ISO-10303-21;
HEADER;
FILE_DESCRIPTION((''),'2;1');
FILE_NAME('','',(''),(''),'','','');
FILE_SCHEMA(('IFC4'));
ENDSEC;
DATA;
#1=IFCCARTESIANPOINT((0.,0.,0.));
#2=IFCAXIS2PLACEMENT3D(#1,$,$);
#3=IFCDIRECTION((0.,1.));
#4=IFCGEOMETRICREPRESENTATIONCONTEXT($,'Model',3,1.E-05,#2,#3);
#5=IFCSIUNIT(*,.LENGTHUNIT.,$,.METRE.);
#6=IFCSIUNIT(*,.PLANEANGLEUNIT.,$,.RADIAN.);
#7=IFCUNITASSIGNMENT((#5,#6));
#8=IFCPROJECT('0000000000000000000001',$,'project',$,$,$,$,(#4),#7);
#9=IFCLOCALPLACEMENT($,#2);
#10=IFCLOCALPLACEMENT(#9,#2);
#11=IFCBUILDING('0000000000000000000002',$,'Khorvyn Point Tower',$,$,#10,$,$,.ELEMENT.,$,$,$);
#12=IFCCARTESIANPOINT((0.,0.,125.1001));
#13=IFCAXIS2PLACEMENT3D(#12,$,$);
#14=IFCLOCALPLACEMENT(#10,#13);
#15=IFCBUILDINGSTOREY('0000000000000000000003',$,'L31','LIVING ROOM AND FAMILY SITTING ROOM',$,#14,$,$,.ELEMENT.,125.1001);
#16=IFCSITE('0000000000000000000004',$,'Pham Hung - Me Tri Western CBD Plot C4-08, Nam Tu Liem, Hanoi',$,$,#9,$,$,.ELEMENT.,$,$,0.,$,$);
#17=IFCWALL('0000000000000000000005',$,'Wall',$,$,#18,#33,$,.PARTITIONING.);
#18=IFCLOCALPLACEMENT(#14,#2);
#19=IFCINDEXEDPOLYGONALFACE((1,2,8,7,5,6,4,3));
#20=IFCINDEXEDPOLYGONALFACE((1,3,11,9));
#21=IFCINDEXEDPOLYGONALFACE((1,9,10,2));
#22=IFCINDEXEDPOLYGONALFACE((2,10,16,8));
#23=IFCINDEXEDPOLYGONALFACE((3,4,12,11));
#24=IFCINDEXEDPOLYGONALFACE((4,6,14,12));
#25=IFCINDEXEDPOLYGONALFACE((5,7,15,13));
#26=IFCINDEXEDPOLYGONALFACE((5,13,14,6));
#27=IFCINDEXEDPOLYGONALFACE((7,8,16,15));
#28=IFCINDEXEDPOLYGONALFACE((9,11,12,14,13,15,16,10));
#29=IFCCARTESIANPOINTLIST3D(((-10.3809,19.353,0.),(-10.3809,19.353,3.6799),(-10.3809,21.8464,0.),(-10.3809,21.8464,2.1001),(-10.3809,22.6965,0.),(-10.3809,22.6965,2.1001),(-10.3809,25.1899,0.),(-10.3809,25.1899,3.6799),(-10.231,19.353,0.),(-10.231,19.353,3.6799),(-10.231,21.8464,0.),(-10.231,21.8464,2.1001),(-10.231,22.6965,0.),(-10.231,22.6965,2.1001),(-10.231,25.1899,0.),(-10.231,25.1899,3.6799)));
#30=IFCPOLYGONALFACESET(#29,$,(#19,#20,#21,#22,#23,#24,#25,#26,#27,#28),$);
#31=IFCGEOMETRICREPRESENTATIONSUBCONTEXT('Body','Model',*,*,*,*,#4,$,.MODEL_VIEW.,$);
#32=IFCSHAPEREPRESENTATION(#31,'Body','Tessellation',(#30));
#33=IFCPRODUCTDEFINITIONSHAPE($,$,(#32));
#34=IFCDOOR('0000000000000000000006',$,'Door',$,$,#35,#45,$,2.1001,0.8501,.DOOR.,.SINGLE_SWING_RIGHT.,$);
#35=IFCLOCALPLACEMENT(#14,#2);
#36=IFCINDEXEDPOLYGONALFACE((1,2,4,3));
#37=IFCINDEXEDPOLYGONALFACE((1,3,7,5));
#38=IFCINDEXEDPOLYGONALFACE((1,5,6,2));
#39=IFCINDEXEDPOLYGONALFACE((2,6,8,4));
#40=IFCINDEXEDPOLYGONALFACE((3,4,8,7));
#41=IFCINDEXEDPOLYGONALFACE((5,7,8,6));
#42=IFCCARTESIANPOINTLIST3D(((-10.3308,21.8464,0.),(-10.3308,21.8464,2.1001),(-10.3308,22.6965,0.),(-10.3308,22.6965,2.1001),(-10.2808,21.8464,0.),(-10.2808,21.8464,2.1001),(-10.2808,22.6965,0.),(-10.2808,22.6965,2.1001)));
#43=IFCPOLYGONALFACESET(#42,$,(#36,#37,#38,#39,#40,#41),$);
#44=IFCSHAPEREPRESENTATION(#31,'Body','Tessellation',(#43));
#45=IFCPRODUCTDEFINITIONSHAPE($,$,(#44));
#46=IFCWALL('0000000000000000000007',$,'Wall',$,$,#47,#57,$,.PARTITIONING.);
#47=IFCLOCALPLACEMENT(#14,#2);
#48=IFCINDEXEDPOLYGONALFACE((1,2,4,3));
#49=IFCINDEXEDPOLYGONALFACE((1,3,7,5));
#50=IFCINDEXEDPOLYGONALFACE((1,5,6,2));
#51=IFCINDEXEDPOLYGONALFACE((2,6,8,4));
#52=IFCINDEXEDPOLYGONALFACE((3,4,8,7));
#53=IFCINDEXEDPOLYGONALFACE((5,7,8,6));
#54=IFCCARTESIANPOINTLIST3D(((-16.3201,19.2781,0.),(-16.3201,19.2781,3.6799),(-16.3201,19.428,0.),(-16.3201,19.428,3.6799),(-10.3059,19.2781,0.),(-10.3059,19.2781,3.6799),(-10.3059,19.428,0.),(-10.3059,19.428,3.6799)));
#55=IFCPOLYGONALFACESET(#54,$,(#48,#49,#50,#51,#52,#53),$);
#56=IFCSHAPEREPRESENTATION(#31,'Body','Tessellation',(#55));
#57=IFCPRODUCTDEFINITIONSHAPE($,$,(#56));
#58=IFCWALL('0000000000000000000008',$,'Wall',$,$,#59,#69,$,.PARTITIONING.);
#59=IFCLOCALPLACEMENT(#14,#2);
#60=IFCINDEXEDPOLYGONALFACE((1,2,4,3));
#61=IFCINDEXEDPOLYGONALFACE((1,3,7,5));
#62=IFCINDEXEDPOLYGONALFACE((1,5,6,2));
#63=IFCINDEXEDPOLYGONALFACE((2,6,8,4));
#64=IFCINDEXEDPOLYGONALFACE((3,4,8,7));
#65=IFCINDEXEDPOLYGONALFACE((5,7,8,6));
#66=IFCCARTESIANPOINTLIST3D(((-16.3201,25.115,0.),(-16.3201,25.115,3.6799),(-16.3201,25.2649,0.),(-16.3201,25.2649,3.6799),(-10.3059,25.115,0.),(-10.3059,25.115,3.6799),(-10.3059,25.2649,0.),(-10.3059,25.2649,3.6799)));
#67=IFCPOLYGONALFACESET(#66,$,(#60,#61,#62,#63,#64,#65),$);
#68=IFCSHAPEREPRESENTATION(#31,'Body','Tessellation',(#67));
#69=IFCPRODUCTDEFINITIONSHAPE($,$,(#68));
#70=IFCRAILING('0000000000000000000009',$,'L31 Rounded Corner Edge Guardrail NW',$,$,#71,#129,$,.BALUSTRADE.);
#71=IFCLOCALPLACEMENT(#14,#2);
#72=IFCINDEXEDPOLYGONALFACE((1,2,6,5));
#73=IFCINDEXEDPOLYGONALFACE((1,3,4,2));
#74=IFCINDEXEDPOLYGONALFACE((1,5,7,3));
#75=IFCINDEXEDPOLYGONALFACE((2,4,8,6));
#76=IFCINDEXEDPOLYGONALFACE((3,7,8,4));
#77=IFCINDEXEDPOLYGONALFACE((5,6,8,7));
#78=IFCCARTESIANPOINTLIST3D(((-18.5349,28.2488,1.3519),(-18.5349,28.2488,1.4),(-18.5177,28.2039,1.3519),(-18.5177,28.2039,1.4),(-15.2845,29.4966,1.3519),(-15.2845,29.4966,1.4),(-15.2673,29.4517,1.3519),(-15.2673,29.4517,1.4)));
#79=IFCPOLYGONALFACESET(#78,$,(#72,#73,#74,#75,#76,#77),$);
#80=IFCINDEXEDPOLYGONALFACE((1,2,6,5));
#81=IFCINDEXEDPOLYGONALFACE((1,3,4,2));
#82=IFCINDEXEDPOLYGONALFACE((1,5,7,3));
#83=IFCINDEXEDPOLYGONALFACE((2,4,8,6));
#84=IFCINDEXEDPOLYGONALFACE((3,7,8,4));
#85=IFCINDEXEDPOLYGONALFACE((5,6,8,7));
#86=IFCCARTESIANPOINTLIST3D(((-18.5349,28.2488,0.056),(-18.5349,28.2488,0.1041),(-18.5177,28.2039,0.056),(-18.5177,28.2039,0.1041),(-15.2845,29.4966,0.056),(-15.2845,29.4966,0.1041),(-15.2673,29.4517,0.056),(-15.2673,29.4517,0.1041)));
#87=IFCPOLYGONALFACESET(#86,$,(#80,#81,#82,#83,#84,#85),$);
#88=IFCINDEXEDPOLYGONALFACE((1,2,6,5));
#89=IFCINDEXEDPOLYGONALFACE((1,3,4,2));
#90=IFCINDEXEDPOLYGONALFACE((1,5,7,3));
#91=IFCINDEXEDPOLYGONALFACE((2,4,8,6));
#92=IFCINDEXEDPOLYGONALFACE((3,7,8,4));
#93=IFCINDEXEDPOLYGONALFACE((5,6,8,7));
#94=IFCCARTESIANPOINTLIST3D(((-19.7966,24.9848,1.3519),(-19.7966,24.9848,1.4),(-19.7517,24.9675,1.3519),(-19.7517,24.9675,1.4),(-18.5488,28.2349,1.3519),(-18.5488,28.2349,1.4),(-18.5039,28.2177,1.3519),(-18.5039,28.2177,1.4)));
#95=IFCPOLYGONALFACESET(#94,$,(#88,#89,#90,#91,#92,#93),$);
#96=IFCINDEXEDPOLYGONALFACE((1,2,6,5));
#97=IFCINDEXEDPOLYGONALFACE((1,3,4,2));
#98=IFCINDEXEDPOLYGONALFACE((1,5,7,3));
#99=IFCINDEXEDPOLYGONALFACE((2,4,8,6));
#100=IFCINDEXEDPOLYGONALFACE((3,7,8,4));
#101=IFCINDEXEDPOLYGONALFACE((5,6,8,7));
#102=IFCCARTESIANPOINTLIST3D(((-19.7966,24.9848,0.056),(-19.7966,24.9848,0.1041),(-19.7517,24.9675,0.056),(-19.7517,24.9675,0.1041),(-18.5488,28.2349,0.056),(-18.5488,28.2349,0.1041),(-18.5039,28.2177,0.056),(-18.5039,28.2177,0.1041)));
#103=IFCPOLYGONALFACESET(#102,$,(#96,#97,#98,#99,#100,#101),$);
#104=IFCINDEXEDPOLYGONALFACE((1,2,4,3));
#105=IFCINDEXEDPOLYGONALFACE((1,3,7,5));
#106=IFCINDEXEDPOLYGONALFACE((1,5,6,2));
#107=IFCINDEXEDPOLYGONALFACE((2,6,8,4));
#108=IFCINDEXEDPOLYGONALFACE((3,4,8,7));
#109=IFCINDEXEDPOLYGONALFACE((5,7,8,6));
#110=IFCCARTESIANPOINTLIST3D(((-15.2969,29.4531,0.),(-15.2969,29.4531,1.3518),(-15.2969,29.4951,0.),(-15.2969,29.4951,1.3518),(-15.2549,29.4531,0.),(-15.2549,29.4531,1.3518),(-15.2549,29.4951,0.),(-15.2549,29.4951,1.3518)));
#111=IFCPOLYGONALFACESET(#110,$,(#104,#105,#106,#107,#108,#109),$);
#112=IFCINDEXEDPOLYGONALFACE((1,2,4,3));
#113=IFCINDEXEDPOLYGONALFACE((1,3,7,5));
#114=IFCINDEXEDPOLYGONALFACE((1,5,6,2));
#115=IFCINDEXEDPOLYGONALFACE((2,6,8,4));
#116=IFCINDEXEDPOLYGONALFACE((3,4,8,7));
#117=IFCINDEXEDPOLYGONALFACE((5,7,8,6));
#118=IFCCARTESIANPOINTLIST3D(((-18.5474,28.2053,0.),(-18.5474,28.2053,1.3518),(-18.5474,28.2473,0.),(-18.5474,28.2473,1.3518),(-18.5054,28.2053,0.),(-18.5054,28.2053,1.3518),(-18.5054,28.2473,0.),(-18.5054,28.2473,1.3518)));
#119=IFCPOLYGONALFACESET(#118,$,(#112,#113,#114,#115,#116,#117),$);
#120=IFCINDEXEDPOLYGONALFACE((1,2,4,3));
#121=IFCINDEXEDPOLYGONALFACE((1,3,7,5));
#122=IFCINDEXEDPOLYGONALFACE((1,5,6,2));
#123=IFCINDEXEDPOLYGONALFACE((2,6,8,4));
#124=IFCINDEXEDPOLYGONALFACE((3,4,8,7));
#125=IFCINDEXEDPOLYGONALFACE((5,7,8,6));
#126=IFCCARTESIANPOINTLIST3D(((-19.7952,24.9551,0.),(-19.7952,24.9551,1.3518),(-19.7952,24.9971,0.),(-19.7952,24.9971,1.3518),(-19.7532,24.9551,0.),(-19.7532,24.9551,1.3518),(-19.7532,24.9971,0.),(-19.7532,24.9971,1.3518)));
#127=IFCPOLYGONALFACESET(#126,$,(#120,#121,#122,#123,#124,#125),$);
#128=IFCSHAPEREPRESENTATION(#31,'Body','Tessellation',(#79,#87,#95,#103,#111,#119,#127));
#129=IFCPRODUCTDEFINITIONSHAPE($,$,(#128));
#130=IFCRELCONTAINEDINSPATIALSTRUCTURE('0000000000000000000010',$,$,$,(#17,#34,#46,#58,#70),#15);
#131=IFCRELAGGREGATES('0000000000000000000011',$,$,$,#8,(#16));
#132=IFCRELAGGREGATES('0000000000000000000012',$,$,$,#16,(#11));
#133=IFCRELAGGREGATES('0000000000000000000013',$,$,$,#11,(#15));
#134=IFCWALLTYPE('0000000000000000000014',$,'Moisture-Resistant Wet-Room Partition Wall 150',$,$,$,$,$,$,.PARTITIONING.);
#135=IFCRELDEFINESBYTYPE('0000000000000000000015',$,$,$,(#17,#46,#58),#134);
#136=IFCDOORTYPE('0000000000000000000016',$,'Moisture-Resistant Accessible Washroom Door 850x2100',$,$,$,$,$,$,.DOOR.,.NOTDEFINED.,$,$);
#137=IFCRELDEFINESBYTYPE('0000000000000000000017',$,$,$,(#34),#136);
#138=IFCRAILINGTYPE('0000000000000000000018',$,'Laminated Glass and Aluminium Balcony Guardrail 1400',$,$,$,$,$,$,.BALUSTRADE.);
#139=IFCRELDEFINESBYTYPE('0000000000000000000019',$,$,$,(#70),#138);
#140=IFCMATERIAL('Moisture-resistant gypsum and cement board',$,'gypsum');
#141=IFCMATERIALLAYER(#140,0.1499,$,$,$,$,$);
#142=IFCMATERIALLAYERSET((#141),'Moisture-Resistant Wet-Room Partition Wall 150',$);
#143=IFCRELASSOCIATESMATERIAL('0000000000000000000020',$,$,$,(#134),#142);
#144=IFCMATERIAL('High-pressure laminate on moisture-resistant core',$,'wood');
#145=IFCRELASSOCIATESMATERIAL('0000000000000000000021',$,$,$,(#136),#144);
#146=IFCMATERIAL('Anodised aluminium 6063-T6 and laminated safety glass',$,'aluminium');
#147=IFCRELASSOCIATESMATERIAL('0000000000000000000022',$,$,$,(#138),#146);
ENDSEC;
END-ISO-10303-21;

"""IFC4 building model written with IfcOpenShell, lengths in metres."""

from ifc_helpers import new_model, si_unit, direction, frame, frame_2d, origin, origin_2d, place, context, subcontext, project, spatial, rectangle, extrude, material, layer, layer_set, type_object, element, fill, save


model = new_model("IFC4")

# Units and contexts
model_context = context("Model", 3, precision=1e-05, world=origin(), true_north=direction((0.0, 1.0)))
body_context = subcontext(model_context, "Body", "Model", "MODEL_VIEW")
ifc_project = project(units=[si_unit("LENGTHUNIT", "METRE"), si_unit("PLANEANGLEUNIT", "RADIAN")], contexts=[model_context])

# Site, building, storey
site_placement = place(None, origin())
site = spatial("IfcSite", under=ifc_project, at=site_placement, Name="Pham Hung - Me Tri Western CBD Plot C4-08, Nam Tu Liem, Hanoi", CompositionType="ELEMENT", RefElevation=0.0)
building_placement = place(site_placement, origin())
building = spatial("IfcBuilding", under=site, at=building_placement, Name="Khorvyn Point Tower", CompositionType="ELEMENT")
storey_placement = place(building_placement, frame((0.0, 0.0, 125.1001)))
storey = spatial("IfcBuildingStorey", under=building, at=storey_placement, Name="L31", Description="LIVING ROOM AND FAMILY SITTING ROOM", CompositionType="ELEMENT", Elevation=125.1001)

# Wall, opening, door
ifc_material_1 = material(Name="Moisture-resistant gypsum and cement board", Category="gypsum")
ifc_layer_1 = layer(ifc_material_1, 0.1499)
ifc_layer_set_1 = layer_set([ifc_layer_1], Name="Moisture-Resistant Wet-Room Partition Wall 150")
wall_type_1 = type_object("IfcWallType", Name="Moisture-Resistant Wet-Room Partition Wall 150", PredefinedType="PARTITIONING", material=ifc_layer_set_1)
wall_1_placement = place(storey_placement, frame((-10.3059, 19.353, 0.0), z_axis=(0.0, 0.0, 1.0), x_axis=(0.0, 1.0, 0.0)))
wall_1 = element("IfcWall", 1, at=wall_1_placement, inside=storey, type_object=wall_type_1, Name="Wall", PredefinedType="PARTITIONING", context=body_context, shape_type="SweptSolid", body=[
    extrude(rectangle(XDim=5.8369, YDim=0.1499, at=frame_2d((2.9185, 0.0))), origin(), (0.0, 0.0, 1.0), 3.6799),
])
opening_1_placement = place(wall_1_placement, frame((2.4934, 0.0, 0.0)))
opening_1 = element("IfcOpeningElement", 2, at=opening_1_placement, cuts=wall_1, PredefinedType="OPENING", context=body_context, shape_type="SweptSolid", body=[
    extrude(rectangle(XDim=0.8501, YDim=2.1001, at=frame_2d((0.425, 1.05))), frame((0.0, 0.085, 0.0), z_axis=(0.0, -1.0, 0.0), x_axis=(1.0, 0.0, 0.0)), (0.0, 0.0, 1.0), 0.1699),
])
ifc_material_2 = material(Name="High-pressure laminate on moisture-resistant core", Category="wood")
door_type = type_object("IfcDoorType", Name="Moisture-Resistant Accessible Washroom Door 850x2100", OperationType="NOTDEFINED", PredefinedType="DOOR", material=ifc_material_2)
door_placement = place(opening_1_placement, origin())
door = element("IfcDoor", 3, at=door_placement, inside=storey, type_object=door_type, Name="Door", OperationType="SINGLE_SWING_RIGHT", OverallHeight=2.1001, OverallWidth=0.8501, PredefinedType="DOOR", context=body_context, shape_type="SweptSolid", body=[
    extrude(rectangle(XDim=0.8501, YDim=2.1001, at=frame_2d((0.425, 1.05))), frame((0.0, 0.0249, 0.0), z_axis=(0.0, -1.0, 0.0), x_axis=(1.0, 0.0, 0.0)), (0.0, 0.0, 1.0), 0.05),
])
fill(opening_1, door)

# Walls
for number, where, z_axis, x_axis, name in (
    (4, (-16.3201, 19.353, 0.0), (0.0, 0.0, 1.0), (1.0, 0.0, 0.0), "Wall"),
    (5, (-16.3201, 25.1899, 0.0), (0.0, 0.0, 1.0), (1.0, 0.0, 0.0), "Wall"),
):
    element("IfcWall", number, at=place(storey_placement, frame(where, z_axis=z_axis, x_axis=x_axis)), inside=storey, type_object=wall_type_1, Name=name, PredefinedType="PARTITIONING", context=body_context, shape_type="SweptSolid", body=[
        extrude(rectangle(XDim=6.0142, YDim=0.1499, at=frame_2d((3.0071, 0.0))), origin(), (0.0, 0.0, 1.0), 3.6799),
    ])

# Railing
ifc_material_3 = material(Name="Anodised aluminium 6063-T6 and laminated safety glass", Category="aluminium")
railing_type = type_object("IfcRailingType", Name="Laminated Glass and Aluminium Balcony Guardrail 1400", PredefinedType="BALUSTRADE", material=ifc_material_3)
railing_placement = place(storey_placement, frame((-15.2759, 29.4741, 0.0)))
element("IfcRailing", 6, at=railing_placement, inside=storey, type_object=railing_type, Name="L31 Rounded Corner Edge Guardrail NW", PredefinedType="BALUSTRADE", context=body_context, shape_type="SweptSolid", body=[
    extrude(rectangle(XDim=0.0481, YDim=0.0481, at=origin_2d()), frame((0.0, 0.0, 1.376), z_axis=(-0.933575, -0.358382, 0.0), x_axis=(0.358382, -0.933575, 0.0)), (0.0, 0.0, 1.0), 3.4817),
    extrude(rectangle(XDim=0.0481, YDim=0.0481, at=origin_2d()), frame((0.0, 0.0, 0.0801), z_axis=(-0.933575, -0.358382, 0.0), x_axis=(0.358382, -0.933575, 0.0)), (0.0, 0.0, 1.0), 3.4817),
    extrude(rectangle(XDim=0.0481, YDim=0.0481, at=origin_2d()), frame((-3.2505, -1.2478, 1.376), z_axis=(-0.358406, -0.933566, 0.0), x_axis=(0.933566, -0.358406, 0.0)), (0.0, 0.0, 1.0), 3.4814),
    extrude(rectangle(XDim=0.0481, YDim=0.0481, at=origin_2d()), frame((-3.2505, -1.2478, 0.0801), z_axis=(-0.358406, -0.933566, 0.0), x_axis=(0.933566, -0.358406, 0.0)), (0.0, 0.0, 1.0), 3.4814),
    extrude(rectangle(XDim=0.042, YDim=0.042, at=origin_2d()), origin(), (0.0, 0.0, 1.0), 1.3518),
    extrude(rectangle(XDim=0.042, YDim=0.042, at=origin_2d()), frame((-3.2505, -1.2478, 0.0)), (0.0, 0.0, 1.0), 1.3518),
    extrude(rectangle(XDim=0.042, YDim=0.042, at=origin_2d()), frame((-4.4983, -4.498, 0.0)), (0.0, 0.0, 1.0), 1.3518),
])

save(model, "model.ifc")
